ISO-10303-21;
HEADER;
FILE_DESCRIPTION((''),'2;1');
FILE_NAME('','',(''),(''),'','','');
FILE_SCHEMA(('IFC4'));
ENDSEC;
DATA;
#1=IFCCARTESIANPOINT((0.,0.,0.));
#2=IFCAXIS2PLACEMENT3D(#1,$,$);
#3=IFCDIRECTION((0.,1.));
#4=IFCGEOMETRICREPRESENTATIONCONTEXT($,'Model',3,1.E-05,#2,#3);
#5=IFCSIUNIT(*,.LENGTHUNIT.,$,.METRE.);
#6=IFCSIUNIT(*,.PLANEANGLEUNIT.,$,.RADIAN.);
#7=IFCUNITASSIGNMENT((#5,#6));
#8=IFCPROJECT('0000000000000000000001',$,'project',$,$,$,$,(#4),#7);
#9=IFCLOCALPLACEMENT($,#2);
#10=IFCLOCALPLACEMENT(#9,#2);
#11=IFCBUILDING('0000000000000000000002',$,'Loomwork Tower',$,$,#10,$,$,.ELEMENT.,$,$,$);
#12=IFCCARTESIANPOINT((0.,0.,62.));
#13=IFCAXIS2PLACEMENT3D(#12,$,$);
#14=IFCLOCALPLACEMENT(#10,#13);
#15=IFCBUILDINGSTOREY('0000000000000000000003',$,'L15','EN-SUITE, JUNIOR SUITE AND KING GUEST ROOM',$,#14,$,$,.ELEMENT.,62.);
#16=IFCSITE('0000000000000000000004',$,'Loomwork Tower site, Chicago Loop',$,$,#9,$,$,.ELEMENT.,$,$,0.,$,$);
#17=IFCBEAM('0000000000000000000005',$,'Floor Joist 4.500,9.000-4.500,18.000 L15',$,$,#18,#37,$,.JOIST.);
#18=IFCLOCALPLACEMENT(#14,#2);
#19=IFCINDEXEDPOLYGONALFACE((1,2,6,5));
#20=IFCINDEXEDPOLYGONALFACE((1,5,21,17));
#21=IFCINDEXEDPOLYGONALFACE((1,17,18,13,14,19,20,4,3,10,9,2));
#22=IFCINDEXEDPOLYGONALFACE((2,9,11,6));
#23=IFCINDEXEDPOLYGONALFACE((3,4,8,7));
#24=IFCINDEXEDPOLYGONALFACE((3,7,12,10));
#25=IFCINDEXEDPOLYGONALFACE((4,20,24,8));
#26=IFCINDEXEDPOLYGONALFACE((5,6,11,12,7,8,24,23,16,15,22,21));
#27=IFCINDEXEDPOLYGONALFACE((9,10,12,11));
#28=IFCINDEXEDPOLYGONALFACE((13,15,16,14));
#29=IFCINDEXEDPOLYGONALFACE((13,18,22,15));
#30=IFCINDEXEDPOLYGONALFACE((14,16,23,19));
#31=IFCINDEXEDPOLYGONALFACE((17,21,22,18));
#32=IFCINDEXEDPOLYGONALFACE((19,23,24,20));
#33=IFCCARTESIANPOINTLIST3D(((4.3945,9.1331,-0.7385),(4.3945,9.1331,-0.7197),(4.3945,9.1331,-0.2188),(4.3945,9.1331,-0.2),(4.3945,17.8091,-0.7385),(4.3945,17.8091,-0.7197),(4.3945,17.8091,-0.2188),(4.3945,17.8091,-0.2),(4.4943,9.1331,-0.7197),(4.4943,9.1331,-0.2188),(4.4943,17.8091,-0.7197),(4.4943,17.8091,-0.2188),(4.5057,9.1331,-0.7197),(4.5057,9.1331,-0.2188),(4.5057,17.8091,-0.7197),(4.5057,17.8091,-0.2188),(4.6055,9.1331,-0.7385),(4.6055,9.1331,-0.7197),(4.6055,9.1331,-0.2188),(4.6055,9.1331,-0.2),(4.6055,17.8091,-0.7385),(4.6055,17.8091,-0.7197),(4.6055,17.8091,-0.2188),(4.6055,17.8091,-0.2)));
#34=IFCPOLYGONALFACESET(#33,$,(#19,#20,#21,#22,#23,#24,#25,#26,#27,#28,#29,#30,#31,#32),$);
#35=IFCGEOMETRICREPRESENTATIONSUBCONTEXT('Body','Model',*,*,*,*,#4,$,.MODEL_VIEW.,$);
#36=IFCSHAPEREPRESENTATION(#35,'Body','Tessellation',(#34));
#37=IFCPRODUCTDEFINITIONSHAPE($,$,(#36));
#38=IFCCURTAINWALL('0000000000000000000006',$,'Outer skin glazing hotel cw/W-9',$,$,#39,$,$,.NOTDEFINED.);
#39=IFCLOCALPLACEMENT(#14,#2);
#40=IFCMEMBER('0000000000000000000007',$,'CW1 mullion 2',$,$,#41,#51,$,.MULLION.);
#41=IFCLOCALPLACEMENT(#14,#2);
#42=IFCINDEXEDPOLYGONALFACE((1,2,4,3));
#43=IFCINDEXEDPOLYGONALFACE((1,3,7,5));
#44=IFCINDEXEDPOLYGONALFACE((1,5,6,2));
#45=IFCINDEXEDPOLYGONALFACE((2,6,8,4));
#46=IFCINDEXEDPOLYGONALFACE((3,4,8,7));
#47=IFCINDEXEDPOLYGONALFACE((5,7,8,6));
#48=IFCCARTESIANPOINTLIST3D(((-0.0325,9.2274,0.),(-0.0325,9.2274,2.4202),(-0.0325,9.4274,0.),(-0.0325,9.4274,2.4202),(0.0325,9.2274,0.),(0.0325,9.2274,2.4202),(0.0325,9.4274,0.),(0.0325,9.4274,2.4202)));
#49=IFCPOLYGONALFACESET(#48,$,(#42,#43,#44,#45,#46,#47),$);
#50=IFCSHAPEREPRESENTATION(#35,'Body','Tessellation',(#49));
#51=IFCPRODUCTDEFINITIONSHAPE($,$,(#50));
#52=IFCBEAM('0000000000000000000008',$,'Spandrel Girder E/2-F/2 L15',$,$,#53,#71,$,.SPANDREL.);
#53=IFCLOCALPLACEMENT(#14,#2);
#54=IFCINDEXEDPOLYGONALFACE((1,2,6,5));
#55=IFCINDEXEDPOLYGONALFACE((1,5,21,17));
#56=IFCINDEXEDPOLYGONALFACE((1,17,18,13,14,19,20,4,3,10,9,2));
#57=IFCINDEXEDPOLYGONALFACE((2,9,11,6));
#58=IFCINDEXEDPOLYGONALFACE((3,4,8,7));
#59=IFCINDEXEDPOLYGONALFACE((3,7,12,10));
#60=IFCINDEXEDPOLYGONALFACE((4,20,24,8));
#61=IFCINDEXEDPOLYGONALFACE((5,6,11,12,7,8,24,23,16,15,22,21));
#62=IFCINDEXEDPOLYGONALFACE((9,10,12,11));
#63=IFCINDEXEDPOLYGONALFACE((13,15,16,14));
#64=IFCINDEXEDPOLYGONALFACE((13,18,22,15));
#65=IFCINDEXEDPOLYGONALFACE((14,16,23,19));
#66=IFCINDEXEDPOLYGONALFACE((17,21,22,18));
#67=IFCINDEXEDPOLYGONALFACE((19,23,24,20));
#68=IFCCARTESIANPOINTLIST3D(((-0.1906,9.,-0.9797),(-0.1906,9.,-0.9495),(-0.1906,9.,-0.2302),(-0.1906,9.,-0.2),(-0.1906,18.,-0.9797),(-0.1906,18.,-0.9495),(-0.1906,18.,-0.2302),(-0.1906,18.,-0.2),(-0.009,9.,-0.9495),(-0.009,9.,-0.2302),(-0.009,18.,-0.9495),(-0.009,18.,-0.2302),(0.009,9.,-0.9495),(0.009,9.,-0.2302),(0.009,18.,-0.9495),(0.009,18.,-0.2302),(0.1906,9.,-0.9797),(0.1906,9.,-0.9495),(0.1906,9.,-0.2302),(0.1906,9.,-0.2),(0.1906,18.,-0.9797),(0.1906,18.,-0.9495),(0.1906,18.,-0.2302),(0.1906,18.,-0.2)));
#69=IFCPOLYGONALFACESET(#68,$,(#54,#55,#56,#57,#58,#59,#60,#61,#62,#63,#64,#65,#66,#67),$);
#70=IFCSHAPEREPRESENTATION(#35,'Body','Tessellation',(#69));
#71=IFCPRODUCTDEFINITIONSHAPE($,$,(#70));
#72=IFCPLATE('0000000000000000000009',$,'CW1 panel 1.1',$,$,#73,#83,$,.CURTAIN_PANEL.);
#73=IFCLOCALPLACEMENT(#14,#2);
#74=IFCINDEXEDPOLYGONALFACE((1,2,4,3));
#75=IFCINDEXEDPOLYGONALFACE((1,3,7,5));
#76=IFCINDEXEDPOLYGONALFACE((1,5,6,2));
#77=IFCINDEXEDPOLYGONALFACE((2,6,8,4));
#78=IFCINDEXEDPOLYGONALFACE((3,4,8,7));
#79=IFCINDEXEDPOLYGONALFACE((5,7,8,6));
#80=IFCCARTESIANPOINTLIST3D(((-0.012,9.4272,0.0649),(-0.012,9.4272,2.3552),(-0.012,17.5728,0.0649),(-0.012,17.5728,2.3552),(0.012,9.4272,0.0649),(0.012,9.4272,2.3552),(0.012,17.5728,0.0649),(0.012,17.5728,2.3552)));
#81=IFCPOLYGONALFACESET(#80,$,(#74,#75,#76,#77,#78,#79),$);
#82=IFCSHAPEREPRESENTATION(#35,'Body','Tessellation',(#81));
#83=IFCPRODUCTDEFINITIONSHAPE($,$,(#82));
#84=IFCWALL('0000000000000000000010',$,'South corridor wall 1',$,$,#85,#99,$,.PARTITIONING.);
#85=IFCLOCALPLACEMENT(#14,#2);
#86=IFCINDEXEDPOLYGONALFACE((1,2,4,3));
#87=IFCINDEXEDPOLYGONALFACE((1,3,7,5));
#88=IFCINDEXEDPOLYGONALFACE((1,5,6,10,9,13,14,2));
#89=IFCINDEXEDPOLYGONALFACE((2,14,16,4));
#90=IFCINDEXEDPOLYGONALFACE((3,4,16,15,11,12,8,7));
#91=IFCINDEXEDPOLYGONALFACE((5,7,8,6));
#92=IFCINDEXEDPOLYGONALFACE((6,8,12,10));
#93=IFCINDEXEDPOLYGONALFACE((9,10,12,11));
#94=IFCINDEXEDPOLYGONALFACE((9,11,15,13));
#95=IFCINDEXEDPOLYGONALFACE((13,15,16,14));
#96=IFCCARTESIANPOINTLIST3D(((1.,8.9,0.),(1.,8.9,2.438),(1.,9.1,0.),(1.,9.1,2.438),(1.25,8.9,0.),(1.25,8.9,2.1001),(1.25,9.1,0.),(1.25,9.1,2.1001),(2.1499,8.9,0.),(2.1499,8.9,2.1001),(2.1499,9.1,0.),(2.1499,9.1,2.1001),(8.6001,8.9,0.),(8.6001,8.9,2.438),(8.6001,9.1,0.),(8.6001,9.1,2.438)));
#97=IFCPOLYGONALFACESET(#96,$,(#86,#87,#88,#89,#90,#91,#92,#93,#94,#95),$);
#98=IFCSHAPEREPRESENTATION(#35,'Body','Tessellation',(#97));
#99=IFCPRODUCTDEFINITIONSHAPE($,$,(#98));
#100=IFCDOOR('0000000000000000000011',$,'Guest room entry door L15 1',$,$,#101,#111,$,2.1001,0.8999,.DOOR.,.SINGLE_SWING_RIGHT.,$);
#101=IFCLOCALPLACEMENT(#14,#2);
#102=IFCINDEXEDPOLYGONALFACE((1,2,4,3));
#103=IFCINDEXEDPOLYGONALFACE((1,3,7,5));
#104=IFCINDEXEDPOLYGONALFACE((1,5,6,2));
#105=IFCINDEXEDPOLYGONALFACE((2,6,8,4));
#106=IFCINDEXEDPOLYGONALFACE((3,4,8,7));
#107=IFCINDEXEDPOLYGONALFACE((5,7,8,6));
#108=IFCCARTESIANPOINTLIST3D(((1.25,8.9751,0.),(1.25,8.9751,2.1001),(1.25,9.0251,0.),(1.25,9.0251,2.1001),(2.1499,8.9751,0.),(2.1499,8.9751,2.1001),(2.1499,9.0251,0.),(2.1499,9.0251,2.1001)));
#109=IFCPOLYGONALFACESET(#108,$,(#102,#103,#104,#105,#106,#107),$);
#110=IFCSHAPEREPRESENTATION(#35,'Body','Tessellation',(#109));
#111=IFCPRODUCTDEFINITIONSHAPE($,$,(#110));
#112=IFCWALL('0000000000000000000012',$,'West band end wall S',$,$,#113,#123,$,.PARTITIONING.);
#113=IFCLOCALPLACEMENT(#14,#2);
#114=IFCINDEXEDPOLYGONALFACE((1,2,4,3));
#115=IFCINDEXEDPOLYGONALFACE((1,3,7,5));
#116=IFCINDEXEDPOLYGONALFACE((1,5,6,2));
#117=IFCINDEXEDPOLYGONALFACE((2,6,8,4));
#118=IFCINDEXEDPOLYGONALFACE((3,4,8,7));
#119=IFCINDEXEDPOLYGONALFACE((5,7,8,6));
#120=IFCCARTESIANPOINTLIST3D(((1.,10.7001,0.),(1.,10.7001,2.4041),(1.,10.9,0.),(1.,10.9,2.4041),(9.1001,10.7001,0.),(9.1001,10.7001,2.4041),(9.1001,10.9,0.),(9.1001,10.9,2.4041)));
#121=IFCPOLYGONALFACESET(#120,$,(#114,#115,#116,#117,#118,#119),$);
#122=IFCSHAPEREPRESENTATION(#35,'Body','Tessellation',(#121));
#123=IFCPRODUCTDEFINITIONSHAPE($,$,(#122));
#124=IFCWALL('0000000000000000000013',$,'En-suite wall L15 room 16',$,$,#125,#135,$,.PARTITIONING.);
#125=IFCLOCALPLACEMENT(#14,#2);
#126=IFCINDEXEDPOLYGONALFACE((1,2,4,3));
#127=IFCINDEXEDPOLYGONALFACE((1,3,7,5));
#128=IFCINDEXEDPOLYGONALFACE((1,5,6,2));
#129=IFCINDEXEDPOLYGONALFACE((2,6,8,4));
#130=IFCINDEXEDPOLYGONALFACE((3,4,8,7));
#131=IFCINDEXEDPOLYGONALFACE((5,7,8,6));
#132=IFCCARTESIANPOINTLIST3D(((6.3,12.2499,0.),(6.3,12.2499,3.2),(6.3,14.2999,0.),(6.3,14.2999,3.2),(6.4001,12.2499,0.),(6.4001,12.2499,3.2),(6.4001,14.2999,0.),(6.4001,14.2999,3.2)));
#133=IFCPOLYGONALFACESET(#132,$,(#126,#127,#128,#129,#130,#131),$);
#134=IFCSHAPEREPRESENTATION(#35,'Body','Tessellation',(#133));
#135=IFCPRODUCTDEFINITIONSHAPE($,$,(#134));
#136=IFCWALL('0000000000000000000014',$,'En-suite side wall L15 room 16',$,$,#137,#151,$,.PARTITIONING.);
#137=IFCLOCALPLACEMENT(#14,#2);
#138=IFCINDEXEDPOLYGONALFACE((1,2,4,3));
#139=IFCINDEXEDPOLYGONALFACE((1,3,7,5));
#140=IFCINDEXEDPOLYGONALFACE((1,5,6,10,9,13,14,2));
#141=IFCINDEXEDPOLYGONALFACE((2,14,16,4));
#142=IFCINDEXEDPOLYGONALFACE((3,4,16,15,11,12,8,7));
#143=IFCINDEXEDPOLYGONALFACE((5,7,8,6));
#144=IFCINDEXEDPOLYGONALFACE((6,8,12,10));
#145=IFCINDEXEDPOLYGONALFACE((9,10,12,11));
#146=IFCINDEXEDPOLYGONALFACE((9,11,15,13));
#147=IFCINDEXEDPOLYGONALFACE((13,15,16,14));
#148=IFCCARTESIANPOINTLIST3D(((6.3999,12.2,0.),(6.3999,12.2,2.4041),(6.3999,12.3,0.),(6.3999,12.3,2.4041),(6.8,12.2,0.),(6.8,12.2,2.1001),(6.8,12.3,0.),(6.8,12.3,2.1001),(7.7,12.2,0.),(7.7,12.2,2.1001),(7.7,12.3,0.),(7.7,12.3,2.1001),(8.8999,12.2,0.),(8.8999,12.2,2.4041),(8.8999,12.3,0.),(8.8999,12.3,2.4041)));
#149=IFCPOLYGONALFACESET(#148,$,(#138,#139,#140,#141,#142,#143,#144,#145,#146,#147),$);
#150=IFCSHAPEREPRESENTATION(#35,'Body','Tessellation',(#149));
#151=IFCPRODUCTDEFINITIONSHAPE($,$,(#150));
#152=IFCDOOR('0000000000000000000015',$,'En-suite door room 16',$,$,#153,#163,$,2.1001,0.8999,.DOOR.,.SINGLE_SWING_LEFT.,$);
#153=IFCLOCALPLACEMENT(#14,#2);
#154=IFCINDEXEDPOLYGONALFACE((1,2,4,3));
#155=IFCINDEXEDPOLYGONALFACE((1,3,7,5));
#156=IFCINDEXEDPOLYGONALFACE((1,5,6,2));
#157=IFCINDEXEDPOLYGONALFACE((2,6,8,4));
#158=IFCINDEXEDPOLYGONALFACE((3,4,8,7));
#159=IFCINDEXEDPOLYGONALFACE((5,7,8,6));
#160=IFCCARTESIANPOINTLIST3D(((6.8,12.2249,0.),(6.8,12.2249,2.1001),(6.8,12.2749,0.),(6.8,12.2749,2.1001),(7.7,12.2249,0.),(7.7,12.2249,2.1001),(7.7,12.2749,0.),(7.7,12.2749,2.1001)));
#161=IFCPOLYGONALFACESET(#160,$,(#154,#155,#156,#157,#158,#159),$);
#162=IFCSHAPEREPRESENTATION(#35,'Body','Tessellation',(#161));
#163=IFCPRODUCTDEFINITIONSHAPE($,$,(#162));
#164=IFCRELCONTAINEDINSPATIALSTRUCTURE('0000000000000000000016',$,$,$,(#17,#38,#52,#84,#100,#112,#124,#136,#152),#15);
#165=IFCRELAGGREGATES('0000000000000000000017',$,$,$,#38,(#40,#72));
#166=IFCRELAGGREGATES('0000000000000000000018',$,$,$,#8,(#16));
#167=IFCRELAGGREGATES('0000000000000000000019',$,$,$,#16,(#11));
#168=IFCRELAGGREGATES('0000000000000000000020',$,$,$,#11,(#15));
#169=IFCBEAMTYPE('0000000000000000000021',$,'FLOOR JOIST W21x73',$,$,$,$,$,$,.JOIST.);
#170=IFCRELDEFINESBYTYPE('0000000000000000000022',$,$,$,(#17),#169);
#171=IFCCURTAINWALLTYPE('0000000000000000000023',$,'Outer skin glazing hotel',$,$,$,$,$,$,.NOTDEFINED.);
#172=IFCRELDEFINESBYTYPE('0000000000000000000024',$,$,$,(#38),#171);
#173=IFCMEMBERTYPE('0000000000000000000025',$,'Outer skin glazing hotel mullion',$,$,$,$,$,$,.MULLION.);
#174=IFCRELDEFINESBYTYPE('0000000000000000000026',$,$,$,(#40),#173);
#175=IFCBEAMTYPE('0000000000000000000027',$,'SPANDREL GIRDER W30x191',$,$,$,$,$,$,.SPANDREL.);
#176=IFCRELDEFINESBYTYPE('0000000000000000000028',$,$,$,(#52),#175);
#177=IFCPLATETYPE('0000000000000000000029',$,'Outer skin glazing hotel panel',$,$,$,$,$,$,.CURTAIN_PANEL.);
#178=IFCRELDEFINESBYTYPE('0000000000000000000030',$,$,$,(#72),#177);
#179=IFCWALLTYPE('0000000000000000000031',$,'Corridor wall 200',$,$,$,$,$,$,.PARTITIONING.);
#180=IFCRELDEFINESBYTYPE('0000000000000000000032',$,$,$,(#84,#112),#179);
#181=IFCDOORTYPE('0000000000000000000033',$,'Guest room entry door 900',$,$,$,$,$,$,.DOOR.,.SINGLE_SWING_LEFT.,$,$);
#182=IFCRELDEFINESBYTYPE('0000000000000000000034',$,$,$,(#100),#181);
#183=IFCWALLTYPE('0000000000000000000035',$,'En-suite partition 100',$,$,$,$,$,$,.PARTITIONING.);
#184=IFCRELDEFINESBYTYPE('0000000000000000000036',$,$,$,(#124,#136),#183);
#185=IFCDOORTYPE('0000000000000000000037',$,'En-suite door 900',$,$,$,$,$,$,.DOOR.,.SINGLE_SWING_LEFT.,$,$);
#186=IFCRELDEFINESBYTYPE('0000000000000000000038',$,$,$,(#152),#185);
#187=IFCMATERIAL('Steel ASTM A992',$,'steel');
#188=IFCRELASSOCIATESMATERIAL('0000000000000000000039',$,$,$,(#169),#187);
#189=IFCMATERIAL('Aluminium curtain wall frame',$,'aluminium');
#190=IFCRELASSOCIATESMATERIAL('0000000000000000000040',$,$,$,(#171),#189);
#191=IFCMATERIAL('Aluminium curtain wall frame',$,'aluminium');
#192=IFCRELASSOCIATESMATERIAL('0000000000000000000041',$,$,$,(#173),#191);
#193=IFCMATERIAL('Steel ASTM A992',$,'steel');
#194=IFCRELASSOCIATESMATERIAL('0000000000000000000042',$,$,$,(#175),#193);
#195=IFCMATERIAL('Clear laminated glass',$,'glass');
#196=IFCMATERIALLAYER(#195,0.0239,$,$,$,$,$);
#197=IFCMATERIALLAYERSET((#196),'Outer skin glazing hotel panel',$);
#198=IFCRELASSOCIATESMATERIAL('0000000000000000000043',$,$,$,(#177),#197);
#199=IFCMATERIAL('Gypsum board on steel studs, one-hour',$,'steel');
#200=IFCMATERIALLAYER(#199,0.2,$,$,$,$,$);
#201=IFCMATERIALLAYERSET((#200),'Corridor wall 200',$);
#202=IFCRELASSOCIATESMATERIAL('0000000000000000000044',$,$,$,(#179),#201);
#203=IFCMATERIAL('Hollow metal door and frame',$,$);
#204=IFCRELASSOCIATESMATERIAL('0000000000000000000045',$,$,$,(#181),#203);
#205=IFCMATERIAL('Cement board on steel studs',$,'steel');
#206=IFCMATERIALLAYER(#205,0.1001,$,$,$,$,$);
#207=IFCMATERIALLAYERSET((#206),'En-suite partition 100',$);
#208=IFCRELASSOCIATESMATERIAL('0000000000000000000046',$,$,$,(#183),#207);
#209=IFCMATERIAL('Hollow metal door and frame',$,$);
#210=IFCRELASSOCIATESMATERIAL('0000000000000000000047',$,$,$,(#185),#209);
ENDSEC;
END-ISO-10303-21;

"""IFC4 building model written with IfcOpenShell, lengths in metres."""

from ifc_helpers import new_model, si_unit, direction, frame, frame_2d, origin, origin_2d, place, context, subcontext, project, spatial, rectangle, i_section, extrude, material, layer, layer_set, material_profile, profile_set, type_object, element, fill, aggregate, save


model = new_model("IFC4")

# Units and contexts
model_context = context("Model", 3, precision=1e-05, world=origin(), true_north=direction((0.0, 1.0)))
body_context = subcontext(model_context, "Body", "Model", "MODEL_VIEW")
ifc_project = project(units=[si_unit("LENGTHUNIT", "METRE"), si_unit("PLANEANGLEUNIT", "RADIAN")], contexts=[model_context])

# Site, building, storey
site_placement = place(None, origin())
site = spatial("IfcSite", under=ifc_project, at=site_placement, Name="Loomwork Tower site, Chicago Loop", CompositionType="ELEMENT", RefElevation=0.0)
building_placement = place(site_placement, origin())
building = spatial("IfcBuilding", under=site, at=building_placement, Name="Loomwork Tower", CompositionType="ELEMENT")
storey_placement = place(building_placement, frame((0.0, 0.0, 62.0)))
storey = spatial("IfcBuildingStorey", under=building, at=storey_placement, Name="L15", Description="EN-SUITE, JUNIOR SUITE AND KING GUEST ROOM", CompositionType="ELEMENT", Elevation=62.0)

# Beam
ifc_material_1 = material(Name="Steel ASTM A992", Category="steel")
ifc_material_profile_1 = material_profile(ifc_material_1, i_section(OverallWidth=0.2109, OverallDepth=0.5386, WebThickness=0.0115, FlangeThickness=0.0188, at=origin_2d()), Name="W21x73")
ifc_profile_set_1 = profile_set([ifc_material_profile_1], Name="Steel ASTM A992")
beam_type_1 = type_object("IfcBeamType", Name="FLOOR JOIST W21x73", PredefinedType="JOIST", material=ifc_profile_set_1)
beam_1_placement = place(storey_placement, frame((4.5, 9.1331, -0.4692), z_axis=(0.0, 1.0, 0.0), x_axis=(-1.0, 0.0, 0.0)))
element("IfcBeam", 1, at=beam_1_placement, inside=storey, type_object=beam_type_1, Name="Floor Joist 4.500,9.000-4.500,18.000 L15", PredefinedType="JOIST", context=body_context, shape_type="SweptSolid", body=[
    extrude(i_section(OverallWidth=0.2109, OverallDepth=0.5386, WebThickness=0.0115, FlangeThickness=0.0188, at=origin_2d()), origin(), (0.0, 0.0, 1.0), 8.676),
])

# Curtain wall, member
ifc_material_2 = material(Name="Aluminium curtain wall frame", Category="aluminium")
curtain_wall_type = type_object("IfcCurtainWallType", Name="Outer skin glazing hotel", PredefinedType="NOTDEFINED", material=ifc_material_2)
curtain_wall_placement = place(storey_placement, origin())
curtain_wall = element("IfcCurtainWall", 2, at=curtain_wall_placement, inside=storey, type_object=curtain_wall_type, Name="Outer skin glazing hotel cw/W-9", PredefinedType="NOTDEFINED")
ifc_material_3 = material(Name="Aluminium curtain wall frame", Category="aluminium")
ifc_material_profile_2 = material_profile(ifc_material_3, rectangle(XDim=0.0649, YDim=0.2, at=origin_2d()), Name="AL 65x200")
ifc_profile_set_2 = profile_set([ifc_material_profile_2], Name="Aluminium curtain wall frame")
member_type = type_object("IfcMemberType", Name="Outer skin glazing hotel mullion", PredefinedType="MULLION", material=ifc_profile_set_2)
member_placement = place(storey_placement, frame((0.0, 9.3274, 0.0), z_axis=(0.0, 0.0, 1.0), x_axis=(1.0, 0.0, 0.0)))
member = element("IfcMember", 3, at=member_placement, type_object=member_type, Name="CW1 mullion 2", PredefinedType="MULLION", context=body_context, shape_type="SweptSolid", body=[
    extrude(rectangle(XDim=0.0649, YDim=0.2, at=origin_2d()), origin(), (0.0, 0.0, 1.0), 2.4202),
])

# Beam
ifc_material_4 = material(Name="Steel ASTM A992", Category="steel")
ifc_material_profile_3 = material_profile(ifc_material_4, i_section(OverallWidth=0.3811, OverallDepth=0.7798, WebThickness=0.0181, FlangeThickness=0.0303, at=origin_2d()), Name="W30x191")
ifc_profile_set_3 = profile_set([ifc_material_profile_3], Name="Steel ASTM A992")
beam_type_2 = type_object("IfcBeamType", Name="SPANDREL GIRDER W30x191", PredefinedType="SPANDREL", material=ifc_profile_set_3)
beam_2_placement = place(storey_placement, frame((0.0, 9.0, -0.5898), z_axis=(0.0, 1.0, 0.0), x_axis=(-1.0, 0.0, 0.0)))
element("IfcBeam", 4, at=beam_2_placement, inside=storey, type_object=beam_type_2, Name="Spandrel Girder E/2-F/2 L15", PredefinedType="SPANDREL", context=body_context, shape_type="SweptSolid", body=[
    extrude(i_section(OverallWidth=0.3811, OverallDepth=0.7798, WebThickness=0.0181, FlangeThickness=0.0303, at=origin_2d()), origin(), (0.0, 0.0, 1.0), 9.0),
])

# Plate
ifc_material_5 = material(Name="Clear laminated glass", Category="glass")
ifc_layer_1 = layer(ifc_material_5, 0.0239)
ifc_layer_set_1 = layer_set([ifc_layer_1], Name="Outer skin glazing hotel panel")
plate_type = type_object("IfcPlateType", Name="Outer skin glazing hotel panel", PredefinedType="CURTAIN_PANEL", material=ifc_layer_set_1)
plate_placement = place(storey_placement, frame((0.0, 13.5, 0.0649), z_axis=(0.0, 0.0, 1.0), x_axis=(0.0, -1.0, 0.0)))
plate = element("IfcPlate", 5, at=plate_placement, type_object=plate_type, Name="CW1 panel 1.1", PredefinedType="CURTAIN_PANEL", context=body_context, shape_type="SweptSolid", body=[
    extrude(rectangle(XDim=8.1455, YDim=0.0239, at=origin_2d()), origin(), (0.0, 0.0, 1.0), 2.2903),
])
aggregate(curtain_wall, [member, plate])

# Wall, opening, door
ifc_material_6 = material(Name="Gypsum board on steel studs, one-hour", Category="steel")
ifc_layer_2 = layer(ifc_material_6, 0.2)
ifc_layer_set_2 = layer_set([ifc_layer_2], Name="Corridor wall 200")
wall_type_1 = type_object("IfcWallType", Name="Corridor wall 200", PredefinedType="PARTITIONING", material=ifc_layer_set_2)
wall_1_placement = place(storey_placement, frame((1.0, 9.0, 0.0), z_axis=(0.0, 0.0, 1.0), x_axis=(1.0, 0.0, 0.0)))
wall_1 = element("IfcWall", 6, at=wall_1_placement, inside=storey, type_object=wall_type_1, Name="South corridor wall 1", PredefinedType="PARTITIONING", context=body_context, shape_type="SweptSolid", body=[
    extrude(rectangle(XDim=7.6001, YDim=0.2, at=frame_2d((3.8, 0.0))), origin(), (0.0, 0.0, 1.0), 2.438),
])
opening_1_placement = place(wall_1_placement, frame((0.25, 0.0, 0.0)))
opening_1 = element("IfcOpeningElement", 7, at=opening_1_placement, cuts=wall_1, PredefinedType="OPENING", context=body_context, shape_type="SweptSolid", body=[
    extrude(rectangle(XDim=0.8999, YDim=2.1001, at=frame_2d((0.45, 1.05))), frame((0.0, 0.1099, 0.0), z_axis=(0.0, -1.0, 0.0), x_axis=(1.0, 0.0, 0.0)), (0.0, 0.0, 1.0), 0.22),
])
ifc_material_7 = material(Name="Hollow metal door and frame")
door_type_1 = type_object("IfcDoorType", Name="Guest room entry door 900", OperationType="SINGLE_SWING_LEFT", PredefinedType="DOOR", material=ifc_material_7)
door_1_placement = place(opening_1_placement, frame((0.8999, 0.0, 0.0), z_axis=(0.0, 0.0, 1.0), x_axis=(-1.0, 0.0, 0.0)))
door_1 = element("IfcDoor", 8, at=door_1_placement, inside=storey, type_object=door_type_1, Name="Guest room entry door L15 1", OperationType="SINGLE_SWING_RIGHT", OverallHeight=2.1001, OverallWidth=0.8999, PredefinedType="DOOR", context=body_context, shape_type="SweptSolid", body=[
    extrude(rectangle(XDim=0.8999, YDim=2.1001, at=frame_2d((0.45, 1.05))), frame((0.0, 0.0249, 0.0), z_axis=(0.0, -1.0, 0.0), x_axis=(1.0, 0.0, 0.0)), (0.0, 0.0, 1.0), 0.05),
])
fill(opening_1, door_1)

# Walls
wall_2_placement = place(storey_placement, frame((1.0, 10.8, 0.0), z_axis=(0.0, 0.0, 1.0), x_axis=(1.0, 0.0, 0.0)))
element("IfcWall", 9, at=wall_2_placement, inside=storey, type_object=wall_type_1, Name="West band end wall S", PredefinedType="PARTITIONING", context=body_context, shape_type="SweptSolid", body=[
    extrude(rectangle(XDim=8.1001, YDim=0.2, at=frame_2d((4.05, 0.0))), origin(), (0.0, 0.0, 1.0), 2.4041),
])
ifc_material_8 = material(Name="Cement board on steel studs", Category="steel")
ifc_layer_3 = layer(ifc_material_8, 0.1001)
ifc_layer_set_3 = layer_set([ifc_layer_3], Name="En-suite partition 100")
wall_type_2 = type_object("IfcWallType", Name="En-suite partition 100", PredefinedType="PARTITIONING", material=ifc_layer_set_3)
wall_3_placement = place(storey_placement, frame((6.3501, 12.25, 0.0), z_axis=(0.0, 0.0, 1.0), x_axis=(0.0, 1.0, 0.0)))
element("IfcWall", 10, at=wall_3_placement, inside=storey, type_object=wall_type_2, Name="En-suite wall L15 room 16", PredefinedType="PARTITIONING", context=body_context, shape_type="SweptSolid", body=[
    extrude(rectangle(XDim=2.05, YDim=0.1001, at=frame_2d((1.0249, 0.0))), origin(), (0.0, 0.0, 1.0), 3.2),
])

# Wall, opening, door
wall_4_placement = place(storey_placement, frame((8.8999, 12.25, 0.0), z_axis=(0.0, 0.0, 1.0), x_axis=(-1.0, 0.0, 0.0)))
wall_4 = element("IfcWall", 11, at=wall_4_placement, inside=storey, type_object=wall_type_2, Name="En-suite side wall L15 room 16", PredefinedType="PARTITIONING", context=body_context, shape_type="SweptSolid", body=[
    extrude(rectangle(XDim=2.5, YDim=0.1001, at=frame_2d((1.25, 0.0))), origin(), (0.0, 0.0, 1.0), 2.4041),
])
opening_2_placement = place(wall_4_placement, frame((1.2, 0.0, 0.0)))
opening_2 = element("IfcOpeningElement", 12, at=opening_2_placement, cuts=wall_4, PredefinedType="OPENING", context=body_context, shape_type="SweptSolid", body=[
    extrude(rectangle(XDim=0.8999, YDim=2.1001, at=frame_2d((0.45, 1.05))), frame((0.0, 0.0601, 0.0), z_axis=(0.0, -1.0, 0.0), x_axis=(1.0, 0.0, 0.0)), (0.0, 0.0, 1.0), 0.1201),
])
ifc_material_9 = material(Name="Hollow metal door and frame")
door_type_2 = type_object("IfcDoorType", Name="En-suite door 900", OperationType="SINGLE_SWING_LEFT", PredefinedType="DOOR", material=ifc_material_9)
door_2_placement = place(opening_2_placement, frame((0.8999, 0.0, 0.0), z_axis=(0.0, 0.0, 1.0), x_axis=(-1.0, 0.0, 0.0)))
door_2 = element("IfcDoor", 13, at=door_2_placement, inside=storey, type_object=door_type_2, Name="En-suite door room 16", OperationType="SINGLE_SWING_LEFT", OverallHeight=2.1001, OverallWidth=0.8999, PredefinedType="DOOR", context=body_context, shape_type="SweptSolid", body=[
    extrude(rectangle(XDim=0.8999, YDim=2.1001, at=frame_2d((0.45, 1.05))), frame((0.0, 0.0249, 0.0), z_axis=(0.0, -1.0, 0.0), x_axis=(1.0, 0.0, 0.0)), (0.0, 0.0, 1.0), 0.05),
])
fill(opening_2, door_2)

save(model, "model.ifc")
